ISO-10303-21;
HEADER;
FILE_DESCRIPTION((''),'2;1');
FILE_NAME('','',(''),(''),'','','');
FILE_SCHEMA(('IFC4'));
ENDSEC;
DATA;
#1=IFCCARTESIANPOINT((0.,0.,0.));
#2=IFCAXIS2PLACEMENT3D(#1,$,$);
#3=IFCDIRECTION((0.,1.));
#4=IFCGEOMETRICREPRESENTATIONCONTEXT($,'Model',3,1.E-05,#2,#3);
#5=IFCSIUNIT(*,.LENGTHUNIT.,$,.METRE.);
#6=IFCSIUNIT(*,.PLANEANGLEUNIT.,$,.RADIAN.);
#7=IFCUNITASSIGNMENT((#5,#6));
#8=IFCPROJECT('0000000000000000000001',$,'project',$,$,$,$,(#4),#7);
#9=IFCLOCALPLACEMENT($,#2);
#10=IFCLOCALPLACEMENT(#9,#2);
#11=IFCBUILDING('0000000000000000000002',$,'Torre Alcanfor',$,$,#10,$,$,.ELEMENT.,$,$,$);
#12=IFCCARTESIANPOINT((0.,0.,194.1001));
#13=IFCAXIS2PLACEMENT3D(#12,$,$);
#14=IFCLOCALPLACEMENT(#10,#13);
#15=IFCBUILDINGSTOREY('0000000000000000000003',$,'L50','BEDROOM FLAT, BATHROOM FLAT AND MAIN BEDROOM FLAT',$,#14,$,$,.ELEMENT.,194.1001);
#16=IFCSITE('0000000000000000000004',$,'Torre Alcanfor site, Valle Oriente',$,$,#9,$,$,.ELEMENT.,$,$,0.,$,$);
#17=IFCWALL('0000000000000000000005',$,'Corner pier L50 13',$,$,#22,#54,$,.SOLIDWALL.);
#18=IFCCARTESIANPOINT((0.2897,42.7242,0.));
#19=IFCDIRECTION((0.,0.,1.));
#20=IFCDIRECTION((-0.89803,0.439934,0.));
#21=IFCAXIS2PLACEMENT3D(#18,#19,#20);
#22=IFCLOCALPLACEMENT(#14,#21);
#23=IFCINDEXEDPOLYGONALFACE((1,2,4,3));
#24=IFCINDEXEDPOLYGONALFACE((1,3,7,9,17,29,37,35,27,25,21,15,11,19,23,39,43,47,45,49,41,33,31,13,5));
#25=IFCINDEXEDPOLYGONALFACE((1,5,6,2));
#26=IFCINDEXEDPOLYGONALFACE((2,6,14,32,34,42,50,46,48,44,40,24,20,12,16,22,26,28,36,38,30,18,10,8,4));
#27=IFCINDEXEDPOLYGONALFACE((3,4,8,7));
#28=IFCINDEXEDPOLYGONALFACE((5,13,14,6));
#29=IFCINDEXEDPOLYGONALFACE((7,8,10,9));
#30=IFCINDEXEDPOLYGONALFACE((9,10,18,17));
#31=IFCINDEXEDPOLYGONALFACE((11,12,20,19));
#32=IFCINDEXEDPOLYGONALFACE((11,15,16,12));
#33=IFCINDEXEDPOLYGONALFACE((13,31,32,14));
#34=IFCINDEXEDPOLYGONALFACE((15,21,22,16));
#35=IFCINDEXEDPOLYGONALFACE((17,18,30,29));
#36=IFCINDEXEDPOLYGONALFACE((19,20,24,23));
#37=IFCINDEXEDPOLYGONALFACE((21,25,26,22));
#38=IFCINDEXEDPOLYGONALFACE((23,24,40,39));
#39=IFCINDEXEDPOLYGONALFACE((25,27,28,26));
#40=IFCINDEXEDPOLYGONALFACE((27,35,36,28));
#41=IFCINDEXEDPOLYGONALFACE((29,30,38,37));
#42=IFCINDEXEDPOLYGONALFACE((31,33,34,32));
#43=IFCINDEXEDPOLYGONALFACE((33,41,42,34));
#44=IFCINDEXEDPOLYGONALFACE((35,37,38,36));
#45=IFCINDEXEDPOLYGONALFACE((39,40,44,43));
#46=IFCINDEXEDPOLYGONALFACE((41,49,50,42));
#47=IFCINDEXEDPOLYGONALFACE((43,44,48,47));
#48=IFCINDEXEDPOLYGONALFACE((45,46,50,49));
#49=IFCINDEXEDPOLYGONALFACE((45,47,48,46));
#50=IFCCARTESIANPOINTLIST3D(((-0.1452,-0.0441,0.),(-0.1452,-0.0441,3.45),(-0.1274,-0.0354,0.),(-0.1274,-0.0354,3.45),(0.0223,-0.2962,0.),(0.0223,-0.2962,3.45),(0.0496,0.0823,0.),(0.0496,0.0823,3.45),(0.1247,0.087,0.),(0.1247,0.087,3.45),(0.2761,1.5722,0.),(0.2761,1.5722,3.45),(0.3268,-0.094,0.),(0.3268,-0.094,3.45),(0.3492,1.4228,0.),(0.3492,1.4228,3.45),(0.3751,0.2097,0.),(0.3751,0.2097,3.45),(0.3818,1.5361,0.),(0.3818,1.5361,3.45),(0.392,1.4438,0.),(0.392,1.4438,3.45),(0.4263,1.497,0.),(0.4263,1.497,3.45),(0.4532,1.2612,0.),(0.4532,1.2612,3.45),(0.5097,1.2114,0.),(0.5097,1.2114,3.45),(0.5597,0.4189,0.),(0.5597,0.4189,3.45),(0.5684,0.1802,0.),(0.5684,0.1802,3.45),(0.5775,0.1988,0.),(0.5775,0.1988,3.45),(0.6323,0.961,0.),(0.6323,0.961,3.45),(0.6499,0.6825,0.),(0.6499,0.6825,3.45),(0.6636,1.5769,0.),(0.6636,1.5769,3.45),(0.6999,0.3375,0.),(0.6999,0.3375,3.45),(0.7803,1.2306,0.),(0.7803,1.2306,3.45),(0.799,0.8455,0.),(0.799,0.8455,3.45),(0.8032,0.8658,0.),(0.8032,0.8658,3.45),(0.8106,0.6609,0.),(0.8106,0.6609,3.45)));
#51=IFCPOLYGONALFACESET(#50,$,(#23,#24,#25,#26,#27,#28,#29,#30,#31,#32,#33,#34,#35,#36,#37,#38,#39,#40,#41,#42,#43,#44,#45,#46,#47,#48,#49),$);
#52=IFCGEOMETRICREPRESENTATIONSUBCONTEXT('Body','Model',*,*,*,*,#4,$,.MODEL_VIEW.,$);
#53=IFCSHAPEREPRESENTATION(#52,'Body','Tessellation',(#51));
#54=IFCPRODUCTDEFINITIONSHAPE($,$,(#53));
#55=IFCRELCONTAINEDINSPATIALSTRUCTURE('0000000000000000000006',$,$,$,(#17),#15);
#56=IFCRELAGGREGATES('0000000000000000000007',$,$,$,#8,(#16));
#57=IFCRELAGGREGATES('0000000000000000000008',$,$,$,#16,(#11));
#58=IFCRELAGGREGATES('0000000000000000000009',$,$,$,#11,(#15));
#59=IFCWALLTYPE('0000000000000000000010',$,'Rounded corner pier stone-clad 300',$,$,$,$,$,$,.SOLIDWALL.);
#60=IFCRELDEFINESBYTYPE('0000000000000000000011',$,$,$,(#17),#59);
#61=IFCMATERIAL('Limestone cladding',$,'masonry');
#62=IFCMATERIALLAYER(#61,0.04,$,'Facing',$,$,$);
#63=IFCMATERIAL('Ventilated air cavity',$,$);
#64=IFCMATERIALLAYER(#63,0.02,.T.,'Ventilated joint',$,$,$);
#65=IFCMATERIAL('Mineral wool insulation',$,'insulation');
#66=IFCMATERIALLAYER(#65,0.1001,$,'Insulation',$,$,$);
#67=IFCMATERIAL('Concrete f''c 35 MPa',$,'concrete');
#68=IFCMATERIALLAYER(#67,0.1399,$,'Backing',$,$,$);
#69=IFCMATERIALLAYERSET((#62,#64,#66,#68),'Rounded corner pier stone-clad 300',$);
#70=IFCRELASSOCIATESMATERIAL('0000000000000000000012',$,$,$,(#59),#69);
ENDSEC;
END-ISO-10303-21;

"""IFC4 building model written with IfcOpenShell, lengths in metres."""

from ifc_helpers import new_model, si_unit, direction, frame, origin, place, context, subcontext, project, spatial, polyline, outline, extrude, material, layer, layer_set, type_object, element, save


model = new_model("IFC4")

# Units and contexts
model_context = context("Model", 3, precision=1e-05, world=origin(), true_north=direction((0.0, 1.0)))
body_context = subcontext(model_context, "Body", "Model", "MODEL_VIEW")
ifc_project = project(units=[si_unit("LENGTHUNIT", "METRE"), si_unit("PLANEANGLEUNIT", "RADIAN")], contexts=[model_context])

# Site, building, storey
site_placement = place(None, origin())
site = spatial("IfcSite", under=ifc_project, at=site_placement, Name="Torre Alcanfor site, Valle Oriente", CompositionType="ELEMENT", RefElevation=0.0)
building_placement = place(site_placement, origin())
building = spatial("IfcBuilding", under=site, at=building_placement, Name="Torre Alcanfor", CompositionType="ELEMENT")
storey_placement = place(building_placement, frame((0.0, 0.0, 194.1001)))
storey = spatial("IfcBuildingStorey", under=building, at=storey_placement, Name="L50", Description="BEDROOM FLAT, BATHROOM FLAT AND MAIN BEDROOM FLAT", CompositionType="ELEMENT", Elevation=194.1001)

# Wall
ifc_material_1 = material(Name="Limestone cladding", Category="masonry")
ifc_layer_1 = layer(ifc_material_1, 0.04, Name="Facing")
ifc_material_2 = material(Name="Ventilated air cavity")
ifc_layer_2 = layer(ifc_material_2, 0.02, ventilated=True, Name="Ventilated joint")
ifc_material_3 = material(Name="Mineral wool insulation", Category="insulation")
ifc_layer_3 = layer(ifc_material_3, 0.1001, Name="Insulation")
ifc_material_4 = material(Name="Concrete f'c 35 MPa", Category="concrete")
ifc_layer_4 = layer(ifc_material_4, 0.1399, Name="Backing")
ifc_layer_set_1 = layer_set([ifc_layer_1, ifc_layer_2, ifc_layer_3, ifc_layer_4], Name="Rounded corner pier stone-clad 300")
wall_type_1 = type_object("IfcWallType", Name="Rounded corner pier stone-clad 300", PredefinedType="SOLIDWALL", material=ifc_layer_set_1)
wall_1_placement = place(storey_placement, frame((0.2897, 42.7242, 0.0), z_axis=(0.0, 0.0, 1.0), x_axis=(-0.89803, 0.439934, 0.0)))
element("IfcWall", 1, at=wall_1_placement, inside=storey, type_object=wall_type_1, Name="Corner pier L50 13", PredefinedType="SOLIDWALL", context=body_context, shape_type="SweptSolid", body=[
    extrude(outline(polyline([(-0.1452, -0.0441), (0.0223, -0.2962), (0.3268, -0.094), (0.5684, 0.1802), (0.5775, 0.1988), (0.6999, 0.3375), (0.8106, 0.6609), (0.799, 0.8455), (0.8032, 0.8658), (0.7803, 1.2306), (0.6636, 1.5769), (0.4263, 1.497), (0.3818, 1.5361), (0.2761, 1.5722), (0.3492, 1.4228), (0.392, 1.4438), (0.4532, 1.2612), (0.5097, 1.2114), (0.6323, 0.961), (0.6499, 0.6825), (0.5597, 0.4189), (0.3751, 0.2097), (0.1247, 0.087), (0.0496, 0.0823), (-0.1274, -0.0354), (-0.1452, -0.0441)])), origin(), (0.0, 0.0, 1.0), 3.45),
])

save(model, "model.ifc")
